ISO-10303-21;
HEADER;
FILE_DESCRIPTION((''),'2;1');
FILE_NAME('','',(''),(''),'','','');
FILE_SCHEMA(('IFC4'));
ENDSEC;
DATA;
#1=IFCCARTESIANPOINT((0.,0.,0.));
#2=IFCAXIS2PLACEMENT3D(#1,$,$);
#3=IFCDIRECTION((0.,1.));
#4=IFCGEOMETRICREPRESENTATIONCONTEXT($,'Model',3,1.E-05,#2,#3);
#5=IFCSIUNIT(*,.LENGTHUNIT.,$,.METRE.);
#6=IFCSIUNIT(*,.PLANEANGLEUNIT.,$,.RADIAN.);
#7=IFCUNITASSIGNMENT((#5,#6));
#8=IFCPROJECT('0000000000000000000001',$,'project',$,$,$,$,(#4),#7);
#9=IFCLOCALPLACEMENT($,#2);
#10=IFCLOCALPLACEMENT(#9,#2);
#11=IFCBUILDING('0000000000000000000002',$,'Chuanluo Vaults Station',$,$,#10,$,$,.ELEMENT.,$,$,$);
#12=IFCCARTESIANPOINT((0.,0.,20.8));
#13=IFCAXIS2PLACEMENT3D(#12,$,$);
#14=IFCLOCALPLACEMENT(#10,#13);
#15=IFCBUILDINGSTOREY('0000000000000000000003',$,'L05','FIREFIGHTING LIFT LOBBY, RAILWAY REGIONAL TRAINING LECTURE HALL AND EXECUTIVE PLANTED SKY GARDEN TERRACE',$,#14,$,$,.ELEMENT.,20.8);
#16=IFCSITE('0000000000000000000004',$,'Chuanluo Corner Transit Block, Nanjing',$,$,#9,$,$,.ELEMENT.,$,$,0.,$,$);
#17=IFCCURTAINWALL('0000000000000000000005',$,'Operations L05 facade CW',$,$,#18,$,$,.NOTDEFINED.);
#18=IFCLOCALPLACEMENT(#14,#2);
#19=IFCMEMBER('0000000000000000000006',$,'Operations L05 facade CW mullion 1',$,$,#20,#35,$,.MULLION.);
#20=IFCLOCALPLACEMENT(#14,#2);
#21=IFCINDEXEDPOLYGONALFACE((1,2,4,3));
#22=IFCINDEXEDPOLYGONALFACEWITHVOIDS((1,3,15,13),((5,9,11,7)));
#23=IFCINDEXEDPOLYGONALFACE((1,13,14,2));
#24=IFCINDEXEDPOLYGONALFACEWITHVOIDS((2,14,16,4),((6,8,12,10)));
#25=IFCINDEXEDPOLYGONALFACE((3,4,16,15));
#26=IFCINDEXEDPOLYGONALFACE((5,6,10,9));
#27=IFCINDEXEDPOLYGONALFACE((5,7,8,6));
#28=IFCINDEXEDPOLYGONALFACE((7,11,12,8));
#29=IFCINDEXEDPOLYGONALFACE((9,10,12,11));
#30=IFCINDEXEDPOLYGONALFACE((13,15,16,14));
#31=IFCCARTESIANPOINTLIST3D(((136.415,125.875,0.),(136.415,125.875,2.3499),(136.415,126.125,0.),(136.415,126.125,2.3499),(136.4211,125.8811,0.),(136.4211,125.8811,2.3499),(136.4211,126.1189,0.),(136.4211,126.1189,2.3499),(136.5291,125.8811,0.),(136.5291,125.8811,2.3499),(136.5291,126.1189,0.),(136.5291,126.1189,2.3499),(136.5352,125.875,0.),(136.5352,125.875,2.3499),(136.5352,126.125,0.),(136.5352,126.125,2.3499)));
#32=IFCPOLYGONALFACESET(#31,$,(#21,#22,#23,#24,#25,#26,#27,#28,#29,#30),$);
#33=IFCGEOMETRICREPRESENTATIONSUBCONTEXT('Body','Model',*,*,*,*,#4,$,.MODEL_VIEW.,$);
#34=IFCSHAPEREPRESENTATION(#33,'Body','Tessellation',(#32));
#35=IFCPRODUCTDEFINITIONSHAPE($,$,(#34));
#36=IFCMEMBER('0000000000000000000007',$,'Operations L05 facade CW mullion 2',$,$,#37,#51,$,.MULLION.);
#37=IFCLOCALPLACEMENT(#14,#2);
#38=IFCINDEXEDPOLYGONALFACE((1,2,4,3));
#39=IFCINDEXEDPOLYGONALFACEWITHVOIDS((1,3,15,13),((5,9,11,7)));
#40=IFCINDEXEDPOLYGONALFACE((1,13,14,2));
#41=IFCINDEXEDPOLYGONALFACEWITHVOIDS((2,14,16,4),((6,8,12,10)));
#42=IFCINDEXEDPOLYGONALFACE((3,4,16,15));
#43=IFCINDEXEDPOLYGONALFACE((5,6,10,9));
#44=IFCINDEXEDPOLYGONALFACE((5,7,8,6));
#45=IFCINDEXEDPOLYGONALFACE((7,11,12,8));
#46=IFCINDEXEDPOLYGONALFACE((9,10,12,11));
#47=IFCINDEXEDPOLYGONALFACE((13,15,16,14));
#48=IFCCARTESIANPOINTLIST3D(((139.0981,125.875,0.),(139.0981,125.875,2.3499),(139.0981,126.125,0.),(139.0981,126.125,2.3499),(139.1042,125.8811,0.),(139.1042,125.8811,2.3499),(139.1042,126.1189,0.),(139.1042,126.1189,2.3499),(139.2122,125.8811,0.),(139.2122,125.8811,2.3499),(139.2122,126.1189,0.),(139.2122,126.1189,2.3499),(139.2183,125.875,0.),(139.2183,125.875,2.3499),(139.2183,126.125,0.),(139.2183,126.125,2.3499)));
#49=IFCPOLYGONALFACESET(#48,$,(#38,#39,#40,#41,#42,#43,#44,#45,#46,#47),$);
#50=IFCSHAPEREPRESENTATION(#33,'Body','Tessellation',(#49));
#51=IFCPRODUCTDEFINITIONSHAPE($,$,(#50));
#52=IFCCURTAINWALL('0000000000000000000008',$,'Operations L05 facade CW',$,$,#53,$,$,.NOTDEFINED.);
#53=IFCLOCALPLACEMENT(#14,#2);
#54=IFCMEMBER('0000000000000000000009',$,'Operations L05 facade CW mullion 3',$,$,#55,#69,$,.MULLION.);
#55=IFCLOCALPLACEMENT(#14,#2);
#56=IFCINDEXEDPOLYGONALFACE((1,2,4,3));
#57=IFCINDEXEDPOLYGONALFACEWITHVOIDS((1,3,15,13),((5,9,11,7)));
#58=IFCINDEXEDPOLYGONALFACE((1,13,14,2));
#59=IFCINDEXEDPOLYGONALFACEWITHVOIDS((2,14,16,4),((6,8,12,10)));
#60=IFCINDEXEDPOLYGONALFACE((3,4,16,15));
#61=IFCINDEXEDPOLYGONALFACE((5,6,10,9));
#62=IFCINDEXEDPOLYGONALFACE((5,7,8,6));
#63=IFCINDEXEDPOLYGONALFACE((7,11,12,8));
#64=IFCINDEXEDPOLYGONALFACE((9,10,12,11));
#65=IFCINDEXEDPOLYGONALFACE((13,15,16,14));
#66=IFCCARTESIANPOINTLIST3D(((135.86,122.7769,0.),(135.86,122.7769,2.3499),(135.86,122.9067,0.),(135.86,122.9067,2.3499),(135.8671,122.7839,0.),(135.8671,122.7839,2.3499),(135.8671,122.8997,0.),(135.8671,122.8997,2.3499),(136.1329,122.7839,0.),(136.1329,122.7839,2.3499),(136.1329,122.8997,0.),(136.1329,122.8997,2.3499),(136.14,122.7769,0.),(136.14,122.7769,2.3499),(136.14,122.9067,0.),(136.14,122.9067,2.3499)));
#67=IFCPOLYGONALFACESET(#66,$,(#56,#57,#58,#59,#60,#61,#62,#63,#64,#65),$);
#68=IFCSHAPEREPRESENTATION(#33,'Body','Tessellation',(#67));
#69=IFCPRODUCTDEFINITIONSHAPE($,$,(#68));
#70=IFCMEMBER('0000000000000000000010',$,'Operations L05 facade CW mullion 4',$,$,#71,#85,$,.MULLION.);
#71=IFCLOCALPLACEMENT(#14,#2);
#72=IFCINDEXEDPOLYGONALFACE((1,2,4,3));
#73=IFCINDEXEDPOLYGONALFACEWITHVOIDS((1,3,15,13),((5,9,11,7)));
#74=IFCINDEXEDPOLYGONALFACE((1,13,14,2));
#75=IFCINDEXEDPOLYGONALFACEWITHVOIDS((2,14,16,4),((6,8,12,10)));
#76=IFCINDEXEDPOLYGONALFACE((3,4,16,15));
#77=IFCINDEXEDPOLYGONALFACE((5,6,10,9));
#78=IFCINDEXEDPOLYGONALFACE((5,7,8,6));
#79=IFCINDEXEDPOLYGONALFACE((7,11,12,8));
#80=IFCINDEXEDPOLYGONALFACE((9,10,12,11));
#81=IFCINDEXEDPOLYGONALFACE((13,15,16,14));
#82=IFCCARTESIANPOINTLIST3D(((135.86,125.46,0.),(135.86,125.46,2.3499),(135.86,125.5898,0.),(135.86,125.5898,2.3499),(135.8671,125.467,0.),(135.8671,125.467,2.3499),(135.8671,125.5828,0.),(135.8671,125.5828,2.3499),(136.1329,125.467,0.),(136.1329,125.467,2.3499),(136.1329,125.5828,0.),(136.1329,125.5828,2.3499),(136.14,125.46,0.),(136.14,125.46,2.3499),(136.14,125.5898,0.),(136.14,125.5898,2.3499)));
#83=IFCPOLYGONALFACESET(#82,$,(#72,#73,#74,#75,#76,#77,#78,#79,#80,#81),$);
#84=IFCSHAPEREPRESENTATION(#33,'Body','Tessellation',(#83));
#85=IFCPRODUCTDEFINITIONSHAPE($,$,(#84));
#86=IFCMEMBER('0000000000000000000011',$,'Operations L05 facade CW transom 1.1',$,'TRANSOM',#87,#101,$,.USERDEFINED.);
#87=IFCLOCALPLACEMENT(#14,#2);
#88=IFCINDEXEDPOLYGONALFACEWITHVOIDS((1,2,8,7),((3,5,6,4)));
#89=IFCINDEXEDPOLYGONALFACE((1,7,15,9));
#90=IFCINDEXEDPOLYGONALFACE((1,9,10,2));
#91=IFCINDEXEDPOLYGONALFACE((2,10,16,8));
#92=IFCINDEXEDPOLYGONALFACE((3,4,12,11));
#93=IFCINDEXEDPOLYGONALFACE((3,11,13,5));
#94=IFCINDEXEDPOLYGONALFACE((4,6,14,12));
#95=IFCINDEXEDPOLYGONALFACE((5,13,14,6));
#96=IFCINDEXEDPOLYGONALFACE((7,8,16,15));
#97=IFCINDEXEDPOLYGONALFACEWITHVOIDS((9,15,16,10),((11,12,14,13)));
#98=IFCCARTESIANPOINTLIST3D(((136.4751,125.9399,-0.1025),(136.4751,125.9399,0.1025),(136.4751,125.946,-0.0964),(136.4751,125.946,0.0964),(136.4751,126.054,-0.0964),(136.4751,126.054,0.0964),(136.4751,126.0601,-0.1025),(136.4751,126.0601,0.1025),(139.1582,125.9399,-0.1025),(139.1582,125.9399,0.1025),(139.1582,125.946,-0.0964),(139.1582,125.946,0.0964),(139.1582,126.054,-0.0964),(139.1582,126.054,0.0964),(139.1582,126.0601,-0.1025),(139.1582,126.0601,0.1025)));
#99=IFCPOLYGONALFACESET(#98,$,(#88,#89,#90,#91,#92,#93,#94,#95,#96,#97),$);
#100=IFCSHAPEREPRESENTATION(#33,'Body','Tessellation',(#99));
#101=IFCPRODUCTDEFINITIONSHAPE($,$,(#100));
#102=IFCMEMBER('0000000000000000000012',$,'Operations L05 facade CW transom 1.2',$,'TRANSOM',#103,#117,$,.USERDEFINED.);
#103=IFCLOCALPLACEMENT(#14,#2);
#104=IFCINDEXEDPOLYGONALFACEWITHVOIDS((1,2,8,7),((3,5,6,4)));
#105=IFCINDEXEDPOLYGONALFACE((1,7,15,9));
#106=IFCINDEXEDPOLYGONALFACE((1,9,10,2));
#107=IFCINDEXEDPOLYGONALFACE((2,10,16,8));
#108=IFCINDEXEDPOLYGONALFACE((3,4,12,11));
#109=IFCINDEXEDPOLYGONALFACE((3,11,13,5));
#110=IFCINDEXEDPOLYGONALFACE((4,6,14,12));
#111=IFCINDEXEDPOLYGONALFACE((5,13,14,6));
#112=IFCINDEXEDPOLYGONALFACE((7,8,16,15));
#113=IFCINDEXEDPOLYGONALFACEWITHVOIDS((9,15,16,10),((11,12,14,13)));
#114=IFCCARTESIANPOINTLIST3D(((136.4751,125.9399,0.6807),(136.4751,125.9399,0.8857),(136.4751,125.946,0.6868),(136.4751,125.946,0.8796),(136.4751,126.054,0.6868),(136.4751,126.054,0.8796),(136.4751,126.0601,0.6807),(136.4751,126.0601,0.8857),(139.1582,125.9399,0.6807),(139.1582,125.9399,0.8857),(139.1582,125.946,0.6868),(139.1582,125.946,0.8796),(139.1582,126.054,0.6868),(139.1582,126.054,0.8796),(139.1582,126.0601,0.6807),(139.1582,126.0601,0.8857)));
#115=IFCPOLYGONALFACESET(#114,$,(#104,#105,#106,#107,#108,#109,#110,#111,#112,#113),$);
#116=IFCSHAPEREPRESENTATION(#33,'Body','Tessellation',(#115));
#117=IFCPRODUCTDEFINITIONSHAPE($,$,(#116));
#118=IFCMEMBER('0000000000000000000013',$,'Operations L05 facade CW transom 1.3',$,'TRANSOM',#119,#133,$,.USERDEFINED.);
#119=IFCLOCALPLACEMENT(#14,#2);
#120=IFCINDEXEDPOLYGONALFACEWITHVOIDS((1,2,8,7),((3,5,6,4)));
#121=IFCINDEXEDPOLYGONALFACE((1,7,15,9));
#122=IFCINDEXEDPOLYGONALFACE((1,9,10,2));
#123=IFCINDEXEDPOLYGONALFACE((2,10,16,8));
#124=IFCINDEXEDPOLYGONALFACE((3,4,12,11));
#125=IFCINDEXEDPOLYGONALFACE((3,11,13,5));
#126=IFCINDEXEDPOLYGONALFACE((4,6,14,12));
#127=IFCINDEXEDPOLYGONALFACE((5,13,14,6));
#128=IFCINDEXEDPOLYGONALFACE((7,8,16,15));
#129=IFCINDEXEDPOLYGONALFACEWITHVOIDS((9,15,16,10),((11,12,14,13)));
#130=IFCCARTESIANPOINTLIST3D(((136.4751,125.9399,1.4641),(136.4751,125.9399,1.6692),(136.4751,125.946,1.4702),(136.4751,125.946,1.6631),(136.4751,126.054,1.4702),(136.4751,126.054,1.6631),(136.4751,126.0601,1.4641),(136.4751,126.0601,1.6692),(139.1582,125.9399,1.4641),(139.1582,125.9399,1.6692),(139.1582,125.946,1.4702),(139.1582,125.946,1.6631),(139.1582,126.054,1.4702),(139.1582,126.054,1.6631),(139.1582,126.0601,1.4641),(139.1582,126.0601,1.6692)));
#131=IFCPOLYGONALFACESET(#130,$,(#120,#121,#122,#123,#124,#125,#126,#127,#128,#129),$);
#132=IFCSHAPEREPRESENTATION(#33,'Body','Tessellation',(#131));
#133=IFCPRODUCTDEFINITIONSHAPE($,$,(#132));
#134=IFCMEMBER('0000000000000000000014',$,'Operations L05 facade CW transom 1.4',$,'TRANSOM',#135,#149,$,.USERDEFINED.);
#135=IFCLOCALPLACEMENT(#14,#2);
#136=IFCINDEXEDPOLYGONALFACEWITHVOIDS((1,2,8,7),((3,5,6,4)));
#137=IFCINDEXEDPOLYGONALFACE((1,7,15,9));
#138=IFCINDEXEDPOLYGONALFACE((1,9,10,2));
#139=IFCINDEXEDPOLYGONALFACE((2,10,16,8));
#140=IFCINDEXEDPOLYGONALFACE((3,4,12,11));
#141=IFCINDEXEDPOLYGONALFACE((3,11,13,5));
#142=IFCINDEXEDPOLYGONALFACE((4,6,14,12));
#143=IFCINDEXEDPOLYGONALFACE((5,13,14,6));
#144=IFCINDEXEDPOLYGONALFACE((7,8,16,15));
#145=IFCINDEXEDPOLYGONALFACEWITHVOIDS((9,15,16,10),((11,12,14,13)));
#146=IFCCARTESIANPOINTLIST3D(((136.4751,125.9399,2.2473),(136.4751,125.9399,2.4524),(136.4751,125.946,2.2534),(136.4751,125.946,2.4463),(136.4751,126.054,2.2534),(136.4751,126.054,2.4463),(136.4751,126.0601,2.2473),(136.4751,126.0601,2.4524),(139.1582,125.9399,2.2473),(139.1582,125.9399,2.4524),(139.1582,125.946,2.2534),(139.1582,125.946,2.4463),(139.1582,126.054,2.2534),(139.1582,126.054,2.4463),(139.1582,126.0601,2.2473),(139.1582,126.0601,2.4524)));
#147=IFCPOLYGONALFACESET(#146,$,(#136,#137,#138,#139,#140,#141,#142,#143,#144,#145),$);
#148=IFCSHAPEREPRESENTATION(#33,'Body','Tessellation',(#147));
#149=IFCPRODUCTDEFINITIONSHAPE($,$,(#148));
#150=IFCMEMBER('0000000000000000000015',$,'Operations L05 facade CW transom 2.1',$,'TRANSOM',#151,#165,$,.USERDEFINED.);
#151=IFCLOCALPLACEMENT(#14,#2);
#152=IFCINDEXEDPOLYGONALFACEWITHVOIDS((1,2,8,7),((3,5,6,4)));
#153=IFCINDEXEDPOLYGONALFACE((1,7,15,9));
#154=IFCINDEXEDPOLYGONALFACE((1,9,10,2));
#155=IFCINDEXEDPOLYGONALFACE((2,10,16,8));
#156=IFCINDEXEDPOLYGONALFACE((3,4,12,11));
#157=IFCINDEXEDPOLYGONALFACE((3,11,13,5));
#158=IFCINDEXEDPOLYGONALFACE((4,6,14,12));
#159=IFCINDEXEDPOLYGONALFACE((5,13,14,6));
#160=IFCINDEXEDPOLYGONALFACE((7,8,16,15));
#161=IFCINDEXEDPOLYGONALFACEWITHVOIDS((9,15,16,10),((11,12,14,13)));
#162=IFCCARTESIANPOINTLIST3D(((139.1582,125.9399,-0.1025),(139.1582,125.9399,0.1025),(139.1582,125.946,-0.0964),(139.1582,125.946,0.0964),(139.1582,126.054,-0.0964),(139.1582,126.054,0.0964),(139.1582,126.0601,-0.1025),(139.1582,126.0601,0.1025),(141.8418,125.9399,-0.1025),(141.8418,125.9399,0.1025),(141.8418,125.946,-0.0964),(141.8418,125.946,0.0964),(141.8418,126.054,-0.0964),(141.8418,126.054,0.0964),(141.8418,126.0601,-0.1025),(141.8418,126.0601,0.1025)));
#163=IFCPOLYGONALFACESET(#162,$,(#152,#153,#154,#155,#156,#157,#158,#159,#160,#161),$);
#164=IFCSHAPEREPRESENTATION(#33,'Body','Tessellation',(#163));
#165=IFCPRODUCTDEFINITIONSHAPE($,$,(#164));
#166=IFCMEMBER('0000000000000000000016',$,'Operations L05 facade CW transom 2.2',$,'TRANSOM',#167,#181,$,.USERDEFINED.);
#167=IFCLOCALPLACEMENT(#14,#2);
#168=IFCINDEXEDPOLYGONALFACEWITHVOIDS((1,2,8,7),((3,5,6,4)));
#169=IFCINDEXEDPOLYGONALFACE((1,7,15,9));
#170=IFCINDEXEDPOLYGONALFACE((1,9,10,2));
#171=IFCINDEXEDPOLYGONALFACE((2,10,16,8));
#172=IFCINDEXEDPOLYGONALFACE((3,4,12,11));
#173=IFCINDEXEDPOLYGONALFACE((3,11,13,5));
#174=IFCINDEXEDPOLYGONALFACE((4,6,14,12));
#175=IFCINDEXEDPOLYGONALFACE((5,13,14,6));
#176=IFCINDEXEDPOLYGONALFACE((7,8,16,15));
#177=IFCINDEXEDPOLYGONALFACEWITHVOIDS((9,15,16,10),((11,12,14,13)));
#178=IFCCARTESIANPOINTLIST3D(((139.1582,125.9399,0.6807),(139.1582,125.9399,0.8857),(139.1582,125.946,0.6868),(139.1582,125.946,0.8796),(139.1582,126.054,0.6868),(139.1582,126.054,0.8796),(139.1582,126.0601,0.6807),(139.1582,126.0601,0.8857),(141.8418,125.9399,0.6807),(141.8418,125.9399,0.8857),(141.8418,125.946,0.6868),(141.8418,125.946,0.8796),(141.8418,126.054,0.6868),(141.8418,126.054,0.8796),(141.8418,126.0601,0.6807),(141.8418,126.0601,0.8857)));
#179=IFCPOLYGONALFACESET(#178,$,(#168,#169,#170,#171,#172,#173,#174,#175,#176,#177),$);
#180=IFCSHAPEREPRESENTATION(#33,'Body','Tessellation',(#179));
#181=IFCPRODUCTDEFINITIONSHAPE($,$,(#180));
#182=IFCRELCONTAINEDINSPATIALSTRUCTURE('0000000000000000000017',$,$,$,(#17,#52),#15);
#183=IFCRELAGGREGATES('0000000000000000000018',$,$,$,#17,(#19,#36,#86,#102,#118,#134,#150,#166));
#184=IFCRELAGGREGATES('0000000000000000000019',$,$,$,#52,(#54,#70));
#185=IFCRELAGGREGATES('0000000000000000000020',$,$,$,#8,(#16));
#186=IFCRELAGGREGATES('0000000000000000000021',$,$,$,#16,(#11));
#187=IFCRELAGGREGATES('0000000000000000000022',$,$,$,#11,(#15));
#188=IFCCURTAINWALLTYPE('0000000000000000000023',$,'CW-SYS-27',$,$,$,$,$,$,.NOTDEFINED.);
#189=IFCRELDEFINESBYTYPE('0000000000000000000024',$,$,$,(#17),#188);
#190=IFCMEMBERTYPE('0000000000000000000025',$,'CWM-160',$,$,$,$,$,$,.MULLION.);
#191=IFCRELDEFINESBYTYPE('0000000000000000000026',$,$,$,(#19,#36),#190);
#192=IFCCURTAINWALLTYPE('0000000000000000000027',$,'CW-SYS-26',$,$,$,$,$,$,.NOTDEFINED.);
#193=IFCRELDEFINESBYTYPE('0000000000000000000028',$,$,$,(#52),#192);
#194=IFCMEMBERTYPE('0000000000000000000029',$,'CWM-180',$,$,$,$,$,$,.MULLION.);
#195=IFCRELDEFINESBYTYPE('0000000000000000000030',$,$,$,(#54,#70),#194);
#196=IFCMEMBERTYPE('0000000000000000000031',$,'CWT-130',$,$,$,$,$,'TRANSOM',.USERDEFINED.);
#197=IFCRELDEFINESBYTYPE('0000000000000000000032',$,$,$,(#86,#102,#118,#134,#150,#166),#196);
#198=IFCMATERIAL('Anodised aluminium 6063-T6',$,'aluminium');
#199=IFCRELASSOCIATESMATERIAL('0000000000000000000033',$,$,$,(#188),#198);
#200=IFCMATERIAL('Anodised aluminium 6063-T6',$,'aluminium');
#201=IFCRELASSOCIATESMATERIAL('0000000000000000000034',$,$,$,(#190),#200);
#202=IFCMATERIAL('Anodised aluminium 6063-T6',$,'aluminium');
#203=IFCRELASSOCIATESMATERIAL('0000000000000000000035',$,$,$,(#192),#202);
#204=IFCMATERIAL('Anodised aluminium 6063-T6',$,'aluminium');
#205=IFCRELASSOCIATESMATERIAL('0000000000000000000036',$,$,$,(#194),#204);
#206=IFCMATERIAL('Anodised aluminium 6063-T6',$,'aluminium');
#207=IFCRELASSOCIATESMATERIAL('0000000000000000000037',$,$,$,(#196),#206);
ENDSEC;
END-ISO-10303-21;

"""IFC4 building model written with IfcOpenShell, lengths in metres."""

from ifc_helpers import new_model, si_unit, direction, frame, origin, origin_2d, place, context, subcontext, project, spatial, hollow_rectangle, extrude, material, material_profile, profile_set, type_object, element, aggregate, save


model = new_model("IFC4")

# Units and contexts
model_context = context("Model", 3, precision=1e-05, world=origin(), true_north=direction((0.0, 1.0)))
body_context = subcontext(model_context, "Body", "Model", "MODEL_VIEW")
ifc_project = project(units=[si_unit("LENGTHUNIT", "METRE"), si_unit("PLANEANGLEUNIT", "RADIAN")], contexts=[model_context])

# Site, building, storey
site_placement = place(None, origin())
site = spatial("IfcSite", under=ifc_project, at=site_placement, Name="Chuanluo Corner Transit Block, Nanjing", CompositionType="ELEMENT", RefElevation=0.0)
building_placement = place(site_placement, origin())
building = spatial("IfcBuilding", under=site, at=building_placement, Name="Chuanluo Vaults Station", CompositionType="ELEMENT")
storey_placement = place(building_placement, frame((0.0, 0.0, 20.8)))
storey = spatial("IfcBuildingStorey", under=building, at=storey_placement, Name="L05", Description="FIREFIGHTING LIFT LOBBY, RAILWAY REGIONAL TRAINING LECTURE HALL AND EXECUTIVE PLANTED SKY GARDEN TERRACE", CompositionType="ELEMENT", Elevation=20.8)

# Curtain walls, members
ifc_material_1 = material(Name="Anodised aluminium 6063-T6", Category="aluminium")
curtain_wall_type_1 = type_object("IfcCurtainWallType", Name="CW-SYS-27", PredefinedType="NOTDEFINED", material=ifc_material_1)
curtain_wall_1_placement = place(storey_placement, origin())
curtain_wall_1 = element("IfcCurtainWall", 1, at=curtain_wall_1_placement, inside=storey, type_object=curtain_wall_type_1, Name="Operations L05 facade CW", PredefinedType="NOTDEFINED")
ifc_material_2 = material(Name="Anodised aluminium 6063-T6", Category="aluminium")
ifc_material_profile_1 = material_profile(ifc_material_2, hollow_rectangle(XDim=0.1201, YDim=0.25, WallThickness=0.0061, at=origin_2d()))
ifc_profile_set_1 = profile_set([ifc_material_profile_1], Name="Anodised aluminium 6063-T6")
member_type_1 = type_object("IfcMemberType", Name="CWM-160", PredefinedType="MULLION", material=ifc_profile_set_1)
member_1_placement = place(storey_placement, frame((136.4751, 126.0, 0.0), z_axis=(0.0, 0.0, 1.0), x_axis=(1.0, 0.0, 0.0)))
member_1 = element("IfcMember", 2, at=member_1_placement, type_object=member_type_1, Name="Operations L05 facade CW mullion 1", PredefinedType="MULLION", context=body_context, shape_type="SweptSolid", body=[
    extrude(hollow_rectangle(XDim=0.1201, YDim=0.25, WallThickness=0.0061, at=origin_2d()), origin(), (0.0, 0.0, 1.0), 2.3499),
])
member_2_placement = place(storey_placement, frame((139.1582, 126.0, 0.0), z_axis=(0.0, 0.0, 1.0), x_axis=(1.0, 0.0, 0.0)))
member_2 = element("IfcMember", 3, at=member_2_placement, type_object=member_type_1, Name="Operations L05 facade CW mullion 2", PredefinedType="MULLION", context=body_context, shape_type="SweptSolid", body=[
    extrude(hollow_rectangle(XDim=0.1201, YDim=0.25, WallThickness=0.0061, at=origin_2d()), origin(), (0.0, 0.0, 1.0), 2.3499),
])
ifc_material_3 = material(Name="Anodised aluminium 6063-T6", Category="aluminium")
curtain_wall_type_2 = type_object("IfcCurtainWallType", Name="CW-SYS-26", PredefinedType="NOTDEFINED", material=ifc_material_3)
curtain_wall_2_placement = place(storey_placement, origin())
curtain_wall_2 = element("IfcCurtainWall", 4, at=curtain_wall_2_placement, inside=storey, type_object=curtain_wall_type_2, Name="Operations L05 facade CW", PredefinedType="NOTDEFINED")
ifc_material_4 = material(Name="Anodised aluminium 6063-T6", Category="aluminium")
ifc_material_profile_2 = material_profile(ifc_material_4, hollow_rectangle(XDim=0.1299, YDim=0.28, WallThickness=0.0071, at=origin_2d()))
ifc_profile_set_2 = profile_set([ifc_material_profile_2], Name="Anodised aluminium 6063-T6")
member_type_2 = type_object("IfcMemberType", Name="CWM-180", PredefinedType="MULLION", material=ifc_profile_set_2)
member_3_placement = place(storey_placement, frame((136.0, 122.8418, 0.0), z_axis=(0.0, 0.0, 1.0), x_axis=(0.0, 1.0, 0.0)))
member_3 = element("IfcMember", 5, at=member_3_placement, type_object=member_type_2, Name="Operations L05 facade CW mullion 3", PredefinedType="MULLION", context=body_context, shape_type="SweptSolid", body=[
    extrude(hollow_rectangle(XDim=0.1299, YDim=0.28, WallThickness=0.0071, at=origin_2d()), origin(), (0.0, 0.0, 1.0), 2.3499),
])
member_4_placement = place(storey_placement, frame((136.0, 125.5249, 0.0), z_axis=(0.0, 0.0, 1.0), x_axis=(0.0, 1.0, 0.0)))
member_4 = element("IfcMember", 6, at=member_4_placement, type_object=member_type_2, Name="Operations L05 facade CW mullion 4", PredefinedType="MULLION", context=body_context, shape_type="SweptSolid", body=[
    extrude(hollow_rectangle(XDim=0.1299, YDim=0.28, WallThickness=0.0071, at=origin_2d()), origin(), (0.0, 0.0, 1.0), 2.3499),
])

# Members
ifc_material_5 = material(Name="Anodised aluminium 6063-T6", Category="aluminium")
ifc_material_profile_3 = material_profile(ifc_material_5, hollow_rectangle(XDim=0.1201, YDim=0.2051, WallThickness=0.0061, at=origin_2d()))
ifc_profile_set_3 = profile_set([ifc_material_profile_3], Name="Anodised aluminium 6063-T6")
member_type_3 = type_object("IfcMemberType", Name="CWT-130", ElementType="TRANSOM", PredefinedType="USERDEFINED", material=ifc_profile_set_3)
member_5_placement = place(storey_placement, frame((136.4751, 126.0, 0.0), z_axis=(1.0, 0.0, 0.0), x_axis=(0.0, 1.0, 0.0)))
member_5 = element("IfcMember", 7, at=member_5_placement, type_object=member_type_3, Name="Operations L05 facade CW transom 1.1", ObjectType="TRANSOM", PredefinedType="USERDEFINED", context=body_context, shape_type="SweptSolid", body=[
    extrude(hollow_rectangle(XDim=0.1201, YDim=0.2051, WallThickness=0.0061, at=origin_2d()), origin(), (0.0, 0.0, 1.0), 2.6831),
])
member_6_placement = place(storey_placement, frame((136.4751, 126.0, 0.7832), z_axis=(1.0, 0.0, 0.0), x_axis=(0.0, 1.0, 0.0)))
member_6 = element("IfcMember", 8, at=member_6_placement, type_object=member_type_3, Name="Operations L05 facade CW transom 1.2", ObjectType="TRANSOM", PredefinedType="USERDEFINED", context=body_context, shape_type="SweptSolid", body=[
    extrude(hollow_rectangle(XDim=0.1201, YDim=0.2051, WallThickness=0.0061, at=origin_2d()), origin(), (0.0, 0.0, 1.0), 2.6831),
])
member_7_placement = place(storey_placement, frame((136.4751, 126.0, 1.5667), z_axis=(1.0, 0.0, 0.0), x_axis=(0.0, 1.0, 0.0)))
member_7 = element("IfcMember", 9, at=member_7_placement, type_object=member_type_3, Name="Operations L05 facade CW transom 1.3", ObjectType="TRANSOM", PredefinedType="USERDEFINED", context=body_context, shape_type="SweptSolid", body=[
    extrude(hollow_rectangle(XDim=0.1201, YDim=0.2051, WallThickness=0.0061, at=origin_2d()), origin(), (0.0, 0.0, 1.0), 2.6831),
])
member_8_placement = place(storey_placement, frame((136.4751, 126.0, 2.3499), z_axis=(1.0, 0.0, 0.0), x_axis=(0.0, 1.0, 0.0)))
member_8 = element("IfcMember", 10, at=member_8_placement, type_object=member_type_3, Name="Operations L05 facade CW transom 1.4", ObjectType="TRANSOM", PredefinedType="USERDEFINED", context=body_context, shape_type="SweptSolid", body=[
    extrude(hollow_rectangle(XDim=0.1201, YDim=0.2051, WallThickness=0.0061, at=origin_2d()), origin(), (0.0, 0.0, 1.0), 2.6831),
])
member_9_placement = place(storey_placement, frame((139.1582, 126.0, 0.0), z_axis=(1.0, 0.0, 0.0), x_axis=(0.0, 1.0, 0.0)))
member_9 = element("IfcMember", 11, at=member_9_placement, type_object=member_type_3, Name="Operations L05 facade CW transom 2.1", ObjectType="TRANSOM", PredefinedType="USERDEFINED", context=body_context, shape_type="SweptSolid", body=[
    extrude(hollow_rectangle(XDim=0.1201, YDim=0.2051, WallThickness=0.0061, at=origin_2d()), origin(), (0.0, 0.0, 1.0), 2.6836),
])
member_10_placement = place(storey_placement, frame((139.1582, 126.0, 0.7832), z_axis=(1.0, 0.0, 0.0), x_axis=(0.0, 1.0, 0.0)))
member_10 = element("IfcMember", 12, at=member_10_placement, type_object=member_type_3, Name="Operations L05 facade CW transom 2.2", ObjectType="TRANSOM", PredefinedType="USERDEFINED", context=body_context, shape_type="SweptSolid", body=[
    extrude(hollow_rectangle(XDim=0.1201, YDim=0.2051, WallThickness=0.0061, at=origin_2d()), origin(), (0.0, 0.0, 1.0), 2.6836),
])

aggregate(curtain_wall_1, [member_1, member_2, member_5, member_6, member_7, member_8, member_9, member_10])
aggregate(curtain_wall_2, [member_3, member_4])

save(model, "model.ifc")
